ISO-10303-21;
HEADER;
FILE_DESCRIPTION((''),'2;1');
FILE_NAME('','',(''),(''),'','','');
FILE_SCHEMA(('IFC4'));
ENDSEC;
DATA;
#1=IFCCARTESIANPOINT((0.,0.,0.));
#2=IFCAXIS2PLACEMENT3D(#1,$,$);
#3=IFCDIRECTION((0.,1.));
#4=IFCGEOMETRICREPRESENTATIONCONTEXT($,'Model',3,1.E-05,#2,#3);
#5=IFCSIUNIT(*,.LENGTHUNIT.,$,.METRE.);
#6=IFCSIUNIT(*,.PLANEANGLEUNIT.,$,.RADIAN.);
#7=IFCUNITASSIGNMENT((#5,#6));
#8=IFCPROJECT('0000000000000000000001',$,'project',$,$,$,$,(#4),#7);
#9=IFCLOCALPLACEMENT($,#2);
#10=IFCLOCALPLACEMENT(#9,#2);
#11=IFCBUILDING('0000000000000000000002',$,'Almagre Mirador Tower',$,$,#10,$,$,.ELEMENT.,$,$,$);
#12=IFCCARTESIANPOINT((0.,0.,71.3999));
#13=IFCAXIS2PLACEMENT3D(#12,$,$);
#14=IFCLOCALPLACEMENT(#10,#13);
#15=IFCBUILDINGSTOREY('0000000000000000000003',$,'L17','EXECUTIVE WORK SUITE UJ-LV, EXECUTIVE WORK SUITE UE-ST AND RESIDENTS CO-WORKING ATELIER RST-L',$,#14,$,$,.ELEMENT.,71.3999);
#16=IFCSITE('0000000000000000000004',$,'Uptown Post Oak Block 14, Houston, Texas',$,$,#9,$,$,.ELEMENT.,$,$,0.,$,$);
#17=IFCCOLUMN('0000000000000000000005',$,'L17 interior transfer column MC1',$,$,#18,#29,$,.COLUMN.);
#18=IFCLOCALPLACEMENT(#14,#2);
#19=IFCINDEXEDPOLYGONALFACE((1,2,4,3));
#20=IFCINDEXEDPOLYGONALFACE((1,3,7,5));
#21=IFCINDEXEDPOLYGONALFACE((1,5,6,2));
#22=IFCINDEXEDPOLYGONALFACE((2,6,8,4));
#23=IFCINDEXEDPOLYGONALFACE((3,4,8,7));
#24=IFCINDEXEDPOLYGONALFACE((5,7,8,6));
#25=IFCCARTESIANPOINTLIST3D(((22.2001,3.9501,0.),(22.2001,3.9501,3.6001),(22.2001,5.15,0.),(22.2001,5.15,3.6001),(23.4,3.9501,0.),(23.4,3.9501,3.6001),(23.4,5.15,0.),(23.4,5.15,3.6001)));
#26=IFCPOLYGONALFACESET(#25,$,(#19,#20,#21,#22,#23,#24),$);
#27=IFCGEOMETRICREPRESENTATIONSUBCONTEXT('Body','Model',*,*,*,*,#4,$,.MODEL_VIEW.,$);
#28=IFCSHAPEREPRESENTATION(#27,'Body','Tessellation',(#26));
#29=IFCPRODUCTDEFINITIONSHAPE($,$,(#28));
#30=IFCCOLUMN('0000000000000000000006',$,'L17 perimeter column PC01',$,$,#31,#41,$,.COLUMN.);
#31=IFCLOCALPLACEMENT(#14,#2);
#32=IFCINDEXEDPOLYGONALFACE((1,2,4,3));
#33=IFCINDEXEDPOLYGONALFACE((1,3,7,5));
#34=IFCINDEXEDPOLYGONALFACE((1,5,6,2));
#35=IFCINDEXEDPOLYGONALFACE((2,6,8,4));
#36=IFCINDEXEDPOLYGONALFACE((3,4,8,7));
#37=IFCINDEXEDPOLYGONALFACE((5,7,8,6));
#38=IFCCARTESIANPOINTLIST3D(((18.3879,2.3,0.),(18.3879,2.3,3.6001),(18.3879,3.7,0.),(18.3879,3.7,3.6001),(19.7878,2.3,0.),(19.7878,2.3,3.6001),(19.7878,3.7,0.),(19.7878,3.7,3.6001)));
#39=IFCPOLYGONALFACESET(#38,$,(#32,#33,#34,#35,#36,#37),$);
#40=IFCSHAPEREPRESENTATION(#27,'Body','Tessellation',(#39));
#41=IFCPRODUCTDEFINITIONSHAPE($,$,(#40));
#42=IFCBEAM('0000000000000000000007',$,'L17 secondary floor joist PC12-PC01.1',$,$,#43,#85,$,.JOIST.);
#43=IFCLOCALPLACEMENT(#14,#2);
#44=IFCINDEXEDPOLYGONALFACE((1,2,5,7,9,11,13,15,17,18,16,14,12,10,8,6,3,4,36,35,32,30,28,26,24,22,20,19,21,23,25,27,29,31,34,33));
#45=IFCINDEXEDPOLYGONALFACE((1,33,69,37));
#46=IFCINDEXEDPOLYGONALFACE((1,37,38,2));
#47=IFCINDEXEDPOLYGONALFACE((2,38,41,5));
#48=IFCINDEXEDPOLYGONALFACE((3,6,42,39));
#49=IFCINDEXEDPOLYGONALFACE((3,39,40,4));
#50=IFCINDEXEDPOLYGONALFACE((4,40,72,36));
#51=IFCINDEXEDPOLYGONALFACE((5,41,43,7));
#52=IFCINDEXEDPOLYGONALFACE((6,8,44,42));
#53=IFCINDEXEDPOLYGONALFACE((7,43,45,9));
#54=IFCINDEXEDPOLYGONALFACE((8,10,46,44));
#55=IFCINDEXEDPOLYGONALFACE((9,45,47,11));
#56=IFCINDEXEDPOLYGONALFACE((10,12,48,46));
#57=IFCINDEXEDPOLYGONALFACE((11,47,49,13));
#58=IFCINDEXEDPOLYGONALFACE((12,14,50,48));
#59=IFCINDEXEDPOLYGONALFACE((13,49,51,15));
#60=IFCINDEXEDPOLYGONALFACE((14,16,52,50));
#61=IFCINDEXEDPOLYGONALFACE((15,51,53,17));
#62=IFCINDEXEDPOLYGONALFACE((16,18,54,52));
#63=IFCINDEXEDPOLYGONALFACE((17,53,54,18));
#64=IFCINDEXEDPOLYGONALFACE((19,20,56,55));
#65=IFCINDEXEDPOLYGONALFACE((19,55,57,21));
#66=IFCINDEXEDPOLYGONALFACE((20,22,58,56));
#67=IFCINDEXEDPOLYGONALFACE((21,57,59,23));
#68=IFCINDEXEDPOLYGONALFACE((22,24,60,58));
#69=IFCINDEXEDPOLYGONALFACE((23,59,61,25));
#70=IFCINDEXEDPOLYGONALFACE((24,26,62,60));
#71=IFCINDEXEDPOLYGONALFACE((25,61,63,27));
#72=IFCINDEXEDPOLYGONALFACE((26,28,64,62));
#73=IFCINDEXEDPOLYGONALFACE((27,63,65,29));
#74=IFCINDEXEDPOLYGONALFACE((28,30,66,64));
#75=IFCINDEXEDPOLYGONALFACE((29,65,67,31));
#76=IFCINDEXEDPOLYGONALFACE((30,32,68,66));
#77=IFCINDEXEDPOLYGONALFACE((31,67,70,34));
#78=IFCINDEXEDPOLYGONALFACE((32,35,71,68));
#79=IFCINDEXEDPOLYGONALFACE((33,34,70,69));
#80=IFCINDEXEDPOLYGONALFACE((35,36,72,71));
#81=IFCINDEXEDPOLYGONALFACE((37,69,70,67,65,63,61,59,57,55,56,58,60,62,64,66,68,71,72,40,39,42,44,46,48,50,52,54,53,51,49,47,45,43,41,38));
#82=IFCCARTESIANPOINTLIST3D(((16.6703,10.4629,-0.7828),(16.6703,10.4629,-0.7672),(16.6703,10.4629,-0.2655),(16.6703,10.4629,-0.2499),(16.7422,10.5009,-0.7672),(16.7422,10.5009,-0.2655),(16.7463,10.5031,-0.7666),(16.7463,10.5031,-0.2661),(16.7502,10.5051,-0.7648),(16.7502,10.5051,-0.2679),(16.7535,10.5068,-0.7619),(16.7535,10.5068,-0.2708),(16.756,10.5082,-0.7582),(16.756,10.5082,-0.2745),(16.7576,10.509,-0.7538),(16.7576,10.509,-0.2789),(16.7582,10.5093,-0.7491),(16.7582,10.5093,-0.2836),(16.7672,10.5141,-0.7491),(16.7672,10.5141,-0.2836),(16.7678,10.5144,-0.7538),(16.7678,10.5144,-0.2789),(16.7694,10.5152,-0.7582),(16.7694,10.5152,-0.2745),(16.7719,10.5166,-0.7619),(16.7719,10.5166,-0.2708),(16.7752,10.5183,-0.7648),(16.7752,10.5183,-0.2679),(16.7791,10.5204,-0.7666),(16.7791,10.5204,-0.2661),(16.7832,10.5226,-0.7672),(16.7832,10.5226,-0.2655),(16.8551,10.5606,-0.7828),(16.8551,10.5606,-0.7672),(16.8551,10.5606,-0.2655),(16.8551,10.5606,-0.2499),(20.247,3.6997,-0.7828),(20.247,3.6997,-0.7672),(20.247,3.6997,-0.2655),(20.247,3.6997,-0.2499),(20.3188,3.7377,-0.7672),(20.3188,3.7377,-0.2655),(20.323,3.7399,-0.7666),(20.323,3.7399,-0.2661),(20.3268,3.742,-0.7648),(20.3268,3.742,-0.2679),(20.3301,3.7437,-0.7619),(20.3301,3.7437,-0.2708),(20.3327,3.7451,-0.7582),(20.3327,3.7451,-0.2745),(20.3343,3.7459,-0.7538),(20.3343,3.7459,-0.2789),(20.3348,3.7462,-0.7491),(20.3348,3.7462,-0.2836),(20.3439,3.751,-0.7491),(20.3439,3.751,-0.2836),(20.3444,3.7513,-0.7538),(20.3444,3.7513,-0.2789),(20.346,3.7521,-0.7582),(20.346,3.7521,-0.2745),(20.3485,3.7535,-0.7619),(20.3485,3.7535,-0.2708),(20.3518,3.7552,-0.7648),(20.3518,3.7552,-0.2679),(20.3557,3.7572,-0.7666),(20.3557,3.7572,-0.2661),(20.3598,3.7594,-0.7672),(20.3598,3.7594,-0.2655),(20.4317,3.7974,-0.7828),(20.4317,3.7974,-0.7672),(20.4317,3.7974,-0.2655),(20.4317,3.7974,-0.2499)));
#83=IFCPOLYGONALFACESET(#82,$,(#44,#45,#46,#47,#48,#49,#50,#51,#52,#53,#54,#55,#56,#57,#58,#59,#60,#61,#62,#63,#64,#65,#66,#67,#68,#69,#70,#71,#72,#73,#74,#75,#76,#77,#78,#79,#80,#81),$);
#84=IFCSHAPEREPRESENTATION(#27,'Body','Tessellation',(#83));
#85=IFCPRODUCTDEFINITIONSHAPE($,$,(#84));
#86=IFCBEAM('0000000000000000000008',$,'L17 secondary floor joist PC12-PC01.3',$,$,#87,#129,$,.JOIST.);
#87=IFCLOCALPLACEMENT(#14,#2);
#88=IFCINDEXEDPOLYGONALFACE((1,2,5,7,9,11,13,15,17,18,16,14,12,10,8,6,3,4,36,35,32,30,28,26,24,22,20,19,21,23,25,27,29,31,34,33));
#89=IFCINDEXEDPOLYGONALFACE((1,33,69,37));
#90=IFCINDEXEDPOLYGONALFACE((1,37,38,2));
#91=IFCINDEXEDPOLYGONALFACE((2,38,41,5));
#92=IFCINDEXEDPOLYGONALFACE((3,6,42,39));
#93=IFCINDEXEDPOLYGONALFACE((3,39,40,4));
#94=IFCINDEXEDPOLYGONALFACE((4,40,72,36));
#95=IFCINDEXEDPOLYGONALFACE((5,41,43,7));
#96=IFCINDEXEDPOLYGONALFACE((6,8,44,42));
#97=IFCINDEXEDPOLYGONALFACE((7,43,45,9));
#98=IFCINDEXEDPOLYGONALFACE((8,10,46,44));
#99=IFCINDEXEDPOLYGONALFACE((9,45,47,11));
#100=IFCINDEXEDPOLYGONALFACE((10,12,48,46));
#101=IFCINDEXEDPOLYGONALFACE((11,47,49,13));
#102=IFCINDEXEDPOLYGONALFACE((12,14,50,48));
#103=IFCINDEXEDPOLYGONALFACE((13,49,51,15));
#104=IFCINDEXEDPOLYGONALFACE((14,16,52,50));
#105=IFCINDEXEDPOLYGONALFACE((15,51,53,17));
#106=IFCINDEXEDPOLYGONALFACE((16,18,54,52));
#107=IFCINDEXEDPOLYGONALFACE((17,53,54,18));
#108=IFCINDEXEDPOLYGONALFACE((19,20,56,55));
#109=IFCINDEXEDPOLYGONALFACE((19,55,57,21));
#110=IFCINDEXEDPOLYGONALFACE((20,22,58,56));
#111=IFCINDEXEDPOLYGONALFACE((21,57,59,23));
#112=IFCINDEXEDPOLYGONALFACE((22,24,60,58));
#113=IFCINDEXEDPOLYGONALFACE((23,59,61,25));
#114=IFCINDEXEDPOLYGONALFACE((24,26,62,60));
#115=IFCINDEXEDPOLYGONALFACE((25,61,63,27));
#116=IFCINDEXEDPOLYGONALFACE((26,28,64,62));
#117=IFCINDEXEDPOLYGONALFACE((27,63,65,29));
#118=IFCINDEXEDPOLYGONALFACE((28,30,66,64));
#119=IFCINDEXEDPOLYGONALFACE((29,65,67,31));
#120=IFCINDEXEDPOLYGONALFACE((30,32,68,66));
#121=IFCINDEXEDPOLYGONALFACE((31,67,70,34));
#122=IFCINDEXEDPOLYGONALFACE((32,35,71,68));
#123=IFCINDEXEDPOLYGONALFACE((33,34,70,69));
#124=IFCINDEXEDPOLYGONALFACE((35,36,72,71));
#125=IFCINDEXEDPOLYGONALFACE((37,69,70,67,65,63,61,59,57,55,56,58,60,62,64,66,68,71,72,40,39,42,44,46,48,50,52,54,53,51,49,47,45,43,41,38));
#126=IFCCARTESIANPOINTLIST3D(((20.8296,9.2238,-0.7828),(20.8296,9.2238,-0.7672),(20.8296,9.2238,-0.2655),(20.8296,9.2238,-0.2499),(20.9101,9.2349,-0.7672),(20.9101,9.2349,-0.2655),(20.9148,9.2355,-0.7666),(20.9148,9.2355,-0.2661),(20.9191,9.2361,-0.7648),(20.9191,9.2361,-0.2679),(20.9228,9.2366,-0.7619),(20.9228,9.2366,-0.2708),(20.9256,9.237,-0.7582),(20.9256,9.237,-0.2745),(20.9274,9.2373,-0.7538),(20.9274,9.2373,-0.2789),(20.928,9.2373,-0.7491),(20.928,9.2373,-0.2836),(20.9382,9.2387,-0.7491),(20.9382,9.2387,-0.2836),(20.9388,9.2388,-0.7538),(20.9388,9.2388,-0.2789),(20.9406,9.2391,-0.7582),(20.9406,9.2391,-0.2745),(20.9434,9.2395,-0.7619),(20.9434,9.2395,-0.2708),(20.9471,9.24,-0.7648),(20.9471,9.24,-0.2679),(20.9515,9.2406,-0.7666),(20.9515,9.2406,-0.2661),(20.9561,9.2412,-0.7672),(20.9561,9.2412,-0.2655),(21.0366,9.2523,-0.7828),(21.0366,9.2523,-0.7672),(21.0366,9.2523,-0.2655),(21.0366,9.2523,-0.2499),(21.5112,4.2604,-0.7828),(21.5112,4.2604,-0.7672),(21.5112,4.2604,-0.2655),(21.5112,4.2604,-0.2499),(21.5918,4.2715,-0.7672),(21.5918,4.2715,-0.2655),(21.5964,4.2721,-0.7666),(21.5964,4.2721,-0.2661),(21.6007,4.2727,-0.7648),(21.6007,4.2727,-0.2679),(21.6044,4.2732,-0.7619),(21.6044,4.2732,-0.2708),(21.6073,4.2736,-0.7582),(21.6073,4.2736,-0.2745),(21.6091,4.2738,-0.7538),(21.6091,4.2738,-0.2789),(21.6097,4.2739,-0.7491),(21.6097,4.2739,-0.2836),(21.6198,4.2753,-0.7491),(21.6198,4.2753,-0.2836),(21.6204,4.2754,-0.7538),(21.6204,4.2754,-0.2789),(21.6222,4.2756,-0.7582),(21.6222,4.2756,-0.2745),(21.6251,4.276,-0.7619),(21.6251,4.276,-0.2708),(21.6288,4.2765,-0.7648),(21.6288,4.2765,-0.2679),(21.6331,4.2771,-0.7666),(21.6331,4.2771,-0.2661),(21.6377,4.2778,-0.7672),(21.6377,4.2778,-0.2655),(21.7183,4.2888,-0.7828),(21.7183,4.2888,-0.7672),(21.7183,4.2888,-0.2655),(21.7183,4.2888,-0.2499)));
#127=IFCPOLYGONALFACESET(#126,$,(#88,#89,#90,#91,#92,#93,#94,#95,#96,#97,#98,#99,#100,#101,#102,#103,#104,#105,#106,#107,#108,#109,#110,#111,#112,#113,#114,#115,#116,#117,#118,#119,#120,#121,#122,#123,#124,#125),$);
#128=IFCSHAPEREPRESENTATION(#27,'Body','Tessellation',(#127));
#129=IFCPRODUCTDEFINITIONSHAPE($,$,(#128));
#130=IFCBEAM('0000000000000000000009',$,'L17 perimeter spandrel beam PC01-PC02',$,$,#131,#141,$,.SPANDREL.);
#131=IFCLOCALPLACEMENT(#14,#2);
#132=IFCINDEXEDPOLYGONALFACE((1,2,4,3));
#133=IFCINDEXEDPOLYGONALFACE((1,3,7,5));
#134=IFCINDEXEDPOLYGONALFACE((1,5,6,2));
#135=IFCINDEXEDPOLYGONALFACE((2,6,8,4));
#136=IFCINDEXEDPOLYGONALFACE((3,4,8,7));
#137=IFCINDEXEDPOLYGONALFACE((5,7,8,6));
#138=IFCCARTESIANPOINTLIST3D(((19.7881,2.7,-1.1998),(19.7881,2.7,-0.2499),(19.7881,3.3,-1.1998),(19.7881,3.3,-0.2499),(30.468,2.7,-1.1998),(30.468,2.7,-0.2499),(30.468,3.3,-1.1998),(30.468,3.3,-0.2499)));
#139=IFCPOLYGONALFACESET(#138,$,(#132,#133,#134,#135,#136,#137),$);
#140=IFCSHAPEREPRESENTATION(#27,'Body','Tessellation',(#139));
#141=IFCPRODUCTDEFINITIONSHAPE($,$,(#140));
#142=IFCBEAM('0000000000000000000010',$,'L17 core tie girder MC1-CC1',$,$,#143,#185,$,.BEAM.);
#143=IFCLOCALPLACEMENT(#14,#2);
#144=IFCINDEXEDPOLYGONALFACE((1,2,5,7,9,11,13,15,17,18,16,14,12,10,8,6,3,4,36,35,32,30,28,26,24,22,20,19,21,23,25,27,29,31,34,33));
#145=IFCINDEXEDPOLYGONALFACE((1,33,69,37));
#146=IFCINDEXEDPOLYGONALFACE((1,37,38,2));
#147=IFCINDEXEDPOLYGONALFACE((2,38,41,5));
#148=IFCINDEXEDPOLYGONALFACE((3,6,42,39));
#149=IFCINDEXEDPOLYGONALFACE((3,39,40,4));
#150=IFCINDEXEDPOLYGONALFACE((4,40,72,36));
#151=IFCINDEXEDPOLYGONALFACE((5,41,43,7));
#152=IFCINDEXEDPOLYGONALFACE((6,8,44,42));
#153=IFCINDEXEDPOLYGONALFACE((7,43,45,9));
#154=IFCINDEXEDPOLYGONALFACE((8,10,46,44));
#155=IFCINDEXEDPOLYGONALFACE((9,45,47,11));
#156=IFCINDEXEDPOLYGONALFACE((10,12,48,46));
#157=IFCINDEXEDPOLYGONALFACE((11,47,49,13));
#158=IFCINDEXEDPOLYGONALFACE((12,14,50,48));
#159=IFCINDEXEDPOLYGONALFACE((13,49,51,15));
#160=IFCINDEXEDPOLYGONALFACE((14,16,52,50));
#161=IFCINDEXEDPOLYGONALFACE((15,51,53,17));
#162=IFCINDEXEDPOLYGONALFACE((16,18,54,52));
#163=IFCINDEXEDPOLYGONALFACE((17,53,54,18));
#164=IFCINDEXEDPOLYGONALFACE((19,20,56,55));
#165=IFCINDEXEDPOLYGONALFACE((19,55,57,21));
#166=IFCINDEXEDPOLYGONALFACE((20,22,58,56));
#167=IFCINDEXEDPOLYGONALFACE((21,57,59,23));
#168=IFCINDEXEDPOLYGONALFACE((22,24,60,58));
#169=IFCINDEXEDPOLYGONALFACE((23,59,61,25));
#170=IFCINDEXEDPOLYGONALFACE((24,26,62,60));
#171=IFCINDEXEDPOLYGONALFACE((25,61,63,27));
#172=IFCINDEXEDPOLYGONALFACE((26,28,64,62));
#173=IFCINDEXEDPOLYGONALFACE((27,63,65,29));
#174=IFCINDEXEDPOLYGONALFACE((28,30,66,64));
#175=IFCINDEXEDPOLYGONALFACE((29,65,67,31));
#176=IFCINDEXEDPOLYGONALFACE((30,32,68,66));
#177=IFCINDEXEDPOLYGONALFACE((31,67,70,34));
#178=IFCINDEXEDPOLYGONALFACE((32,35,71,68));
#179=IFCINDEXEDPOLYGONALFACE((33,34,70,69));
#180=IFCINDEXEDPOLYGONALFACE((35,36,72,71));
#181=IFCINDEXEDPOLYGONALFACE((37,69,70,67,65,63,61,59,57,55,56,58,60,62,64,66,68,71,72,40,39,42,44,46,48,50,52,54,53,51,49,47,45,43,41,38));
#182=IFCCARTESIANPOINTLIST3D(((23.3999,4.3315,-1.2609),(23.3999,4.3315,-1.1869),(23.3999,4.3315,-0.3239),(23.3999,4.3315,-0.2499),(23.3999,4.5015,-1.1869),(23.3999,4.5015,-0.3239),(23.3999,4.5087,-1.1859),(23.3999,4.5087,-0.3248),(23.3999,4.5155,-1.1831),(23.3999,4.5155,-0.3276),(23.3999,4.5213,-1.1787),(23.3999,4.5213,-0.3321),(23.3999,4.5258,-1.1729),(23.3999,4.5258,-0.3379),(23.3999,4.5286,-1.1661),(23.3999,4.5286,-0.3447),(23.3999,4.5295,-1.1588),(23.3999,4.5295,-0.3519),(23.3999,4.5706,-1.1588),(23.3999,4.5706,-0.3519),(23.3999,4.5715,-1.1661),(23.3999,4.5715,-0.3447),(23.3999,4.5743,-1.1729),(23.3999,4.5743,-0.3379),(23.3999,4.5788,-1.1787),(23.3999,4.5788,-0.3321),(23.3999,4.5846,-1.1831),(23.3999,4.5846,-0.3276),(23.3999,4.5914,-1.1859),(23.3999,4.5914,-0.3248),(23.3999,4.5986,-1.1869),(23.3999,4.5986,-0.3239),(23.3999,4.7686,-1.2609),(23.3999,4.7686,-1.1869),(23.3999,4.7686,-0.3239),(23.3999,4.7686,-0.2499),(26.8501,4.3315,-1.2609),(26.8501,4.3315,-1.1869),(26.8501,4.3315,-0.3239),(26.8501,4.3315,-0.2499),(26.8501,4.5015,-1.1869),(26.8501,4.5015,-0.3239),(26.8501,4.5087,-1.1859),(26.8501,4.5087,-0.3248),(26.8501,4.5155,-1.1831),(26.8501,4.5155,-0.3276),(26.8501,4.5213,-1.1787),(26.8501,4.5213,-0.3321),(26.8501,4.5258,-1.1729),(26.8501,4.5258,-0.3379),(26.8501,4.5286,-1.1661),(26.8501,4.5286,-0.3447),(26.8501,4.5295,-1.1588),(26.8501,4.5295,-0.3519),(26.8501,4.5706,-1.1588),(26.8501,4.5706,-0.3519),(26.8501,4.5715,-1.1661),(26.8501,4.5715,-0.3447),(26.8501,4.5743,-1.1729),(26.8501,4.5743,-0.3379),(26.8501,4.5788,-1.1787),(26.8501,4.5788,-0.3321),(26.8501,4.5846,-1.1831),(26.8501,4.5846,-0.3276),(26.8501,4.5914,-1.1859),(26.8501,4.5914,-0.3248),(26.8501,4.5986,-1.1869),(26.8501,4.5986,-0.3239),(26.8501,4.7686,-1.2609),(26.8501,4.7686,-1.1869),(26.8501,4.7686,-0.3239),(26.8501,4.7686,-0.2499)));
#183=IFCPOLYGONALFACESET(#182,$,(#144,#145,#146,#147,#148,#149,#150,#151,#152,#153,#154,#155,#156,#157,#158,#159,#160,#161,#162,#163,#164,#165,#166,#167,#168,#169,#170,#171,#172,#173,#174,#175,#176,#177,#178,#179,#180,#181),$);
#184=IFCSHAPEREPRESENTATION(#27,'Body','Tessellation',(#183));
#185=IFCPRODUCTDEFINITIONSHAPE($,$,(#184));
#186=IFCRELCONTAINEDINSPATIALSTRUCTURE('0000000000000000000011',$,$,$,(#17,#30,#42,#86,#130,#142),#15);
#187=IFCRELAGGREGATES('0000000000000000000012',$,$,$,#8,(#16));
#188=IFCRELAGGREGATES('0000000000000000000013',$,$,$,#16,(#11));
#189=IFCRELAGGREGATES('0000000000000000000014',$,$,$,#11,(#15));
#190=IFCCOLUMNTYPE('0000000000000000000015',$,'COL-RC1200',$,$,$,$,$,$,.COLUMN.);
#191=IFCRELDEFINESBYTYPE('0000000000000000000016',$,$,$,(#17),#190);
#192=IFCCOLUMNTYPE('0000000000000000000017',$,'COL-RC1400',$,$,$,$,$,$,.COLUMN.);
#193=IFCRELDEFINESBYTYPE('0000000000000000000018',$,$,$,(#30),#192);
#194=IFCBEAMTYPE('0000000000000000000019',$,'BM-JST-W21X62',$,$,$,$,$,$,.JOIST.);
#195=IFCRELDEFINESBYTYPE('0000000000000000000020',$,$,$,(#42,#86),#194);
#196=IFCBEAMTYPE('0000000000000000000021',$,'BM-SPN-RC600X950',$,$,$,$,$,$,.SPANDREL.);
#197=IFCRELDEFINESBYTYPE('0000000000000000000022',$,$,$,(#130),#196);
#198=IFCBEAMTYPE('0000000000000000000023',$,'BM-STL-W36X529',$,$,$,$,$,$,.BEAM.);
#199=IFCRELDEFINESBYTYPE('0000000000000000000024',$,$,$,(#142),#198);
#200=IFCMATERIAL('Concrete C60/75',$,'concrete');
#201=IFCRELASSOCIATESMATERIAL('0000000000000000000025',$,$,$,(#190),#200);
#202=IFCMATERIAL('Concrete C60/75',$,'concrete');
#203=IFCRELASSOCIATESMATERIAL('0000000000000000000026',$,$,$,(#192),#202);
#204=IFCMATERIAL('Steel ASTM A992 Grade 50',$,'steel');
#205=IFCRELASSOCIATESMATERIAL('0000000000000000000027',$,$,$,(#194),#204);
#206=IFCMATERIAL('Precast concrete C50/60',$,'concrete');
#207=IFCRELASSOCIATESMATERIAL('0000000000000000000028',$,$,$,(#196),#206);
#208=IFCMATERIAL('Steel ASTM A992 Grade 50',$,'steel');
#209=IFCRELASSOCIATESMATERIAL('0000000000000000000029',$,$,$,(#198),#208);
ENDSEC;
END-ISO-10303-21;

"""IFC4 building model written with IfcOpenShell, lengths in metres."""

from ifc_helpers import new_model, si_unit, direction, frame, origin, origin_2d, place, context, subcontext, project, spatial, rectangle, i_section, extrude, material, material_profile, profile_set, type_object, element, save


model = new_model("IFC4")

# Units and contexts
model_context = context("Model", 3, precision=1e-05, world=origin(), true_north=direction((0.0, 1.0)))
body_context = subcontext(model_context, "Body", "Model", "MODEL_VIEW")
ifc_project = project(units=[si_unit("LENGTHUNIT", "METRE"), si_unit("PLANEANGLEUNIT", "RADIAN")], contexts=[model_context])

# Site, building, storey
site_placement = place(None, origin())
site = spatial("IfcSite", under=ifc_project, at=site_placement, Name="Uptown Post Oak Block 14, Houston, Texas", CompositionType="ELEMENT", RefElevation=0.0)
building_placement = place(site_placement, origin())
building = spatial("IfcBuilding", under=site, at=building_placement, Name="Almagre Mirador Tower", CompositionType="ELEMENT")
storey_placement = place(building_placement, frame((0.0, 0.0, 71.3999)))
storey = spatial("IfcBuildingStorey", under=building, at=storey_placement, Name="L17", Description="EXECUTIVE WORK SUITE UJ-LV, EXECUTIVE WORK SUITE UE-ST AND RESIDENTS CO-WORKING ATELIER RST-L", CompositionType="ELEMENT", Elevation=71.3999)

# Columns
ifc_material_1 = material(Name="Concrete C60/75", Category="concrete")
ifc_material_profile_1 = material_profile(ifc_material_1, rectangle(XDim=1.2, YDim=1.2, at=origin_2d()), Name="RC1200X1200")
ifc_profile_set_1 = profile_set([ifc_material_profile_1], Name="Concrete C60/75")
column_type_1 = type_object("IfcColumnType", Name="COL-RC1200", PredefinedType="COLUMN", material=ifc_profile_set_1)
column_1_placement = place(storey_placement, frame((22.8, 4.55, 0.0), z_axis=(0.0, 0.0, 1.0), x_axis=(1.0, 0.0, 0.0)))
element("IfcColumn", 1, at=column_1_placement, inside=storey, type_object=column_type_1, Name="L17 interior transfer column MC1", PredefinedType="COLUMN", context=body_context, shape_type="SweptSolid", body=[
    extrude(rectangle(XDim=1.2, YDim=1.2, at=origin_2d()), origin(), (0.0, 0.0, 1.0), 3.6001),
])
ifc_material_2 = material(Name="Concrete C60/75", Category="concrete")
ifc_material_profile_2 = material_profile(ifc_material_2, rectangle(XDim=1.3999, YDim=1.3999, at=origin_2d()), Name="RC1400X1400")
ifc_profile_set_2 = profile_set([ifc_material_profile_2], Name="Concrete C60/75")
column_type_2 = type_object("IfcColumnType", Name="COL-RC1400", PredefinedType="COLUMN", material=ifc_profile_set_2)
column_2_placement = place(storey_placement, frame((19.0879, 3.0, 0.0), z_axis=(0.0, 0.0, 1.0), x_axis=(1.0, 0.0, 0.0)))
element("IfcColumn", 2, at=column_2_placement, inside=storey, type_object=column_type_2, Name="L17 perimeter column PC01", PredefinedType="COLUMN", context=body_context, shape_type="SweptSolid", body=[
    extrude(rectangle(XDim=1.3999, YDim=1.3999, at=origin_2d()), origin(), (0.0, 0.0, 1.0), 3.6001),
])

# Beams
ifc_material_3 = material(Name="Steel ASTM A992 Grade 50", Category="steel")
ifc_material_profile_3 = material_profile(ifc_material_3, i_section(OverallWidth=0.209, OverallDepth=0.533, WebThickness=0.0103, FlangeThickness=0.0156, FilletRadius=0.0181, at=origin_2d()), Name="W21X62")
ifc_profile_set_3 = profile_set([ifc_material_profile_3], Name="Steel ASTM A992 Grade 50")
beam_type_1 = type_object("IfcBeamType", Name="BM-JST-W21X62", PredefinedType="JOIST", material=ifc_profile_set_3)
beam_1_placement = place(storey_placement, frame((16.7627, 10.5117, -0.5164), z_axis=(0.467495, -0.883996, 0.0), x_axis=(0.883996, 0.467495, 0.0)))
element("IfcBeam", 3, at=beam_1_placement, inside=storey, type_object=beam_type_1, Name="L17 secondary floor joist PC12-PC01.1", PredefinedType="JOIST", context=body_context, shape_type="SweptSolid", body=[
    extrude(i_section(OverallWidth=0.209, OverallDepth=0.533, WebThickness=0.0103, FlangeThickness=0.0156, FilletRadius=0.0181, at=origin_2d()), origin(), (0.0, 0.0, 1.0), 7.6506),
])
beam_2_placement = place(storey_placement, frame((20.9331, 9.238, -0.5164), z_axis=(0.136057, -0.990701, 0.0), x_axis=(0.990701, 0.136057, 0.0)))
element("IfcBeam", 4, at=beam_2_placement, inside=storey, type_object=beam_type_1, Name="L17 secondary floor joist PC12-PC01.3", PredefinedType="JOIST", context=body_context, shape_type="SweptSolid", body=[
    extrude(i_section(OverallWidth=0.209, OverallDepth=0.533, WebThickness=0.0103, FlangeThickness=0.0156, FilletRadius=0.0181, at=origin_2d()), origin(), (0.0, 0.0, 1.0), 5.01),
])
ifc_material_4 = material(Name="Precast concrete C50/60", Category="concrete")
ifc_material_profile_4 = material_profile(ifc_material_4, rectangle(XDim=0.6001, YDim=0.95, at=origin_2d()), Name="RC600X950")
ifc_profile_set_4 = profile_set([ifc_material_profile_4], Name="Precast concrete C50/60")
beam_type_2 = type_object("IfcBeamType", Name="BM-SPN-RC600X950", PredefinedType="SPANDREL", material=ifc_profile_set_4)
beam_3_placement = place(storey_placement, frame((19.7881, 3.0, -0.7249), z_axis=(1.0, 0.0, 0.0), x_axis=(0.0, 1.0, 0.0)))
element("IfcBeam", 5, at=beam_3_placement, inside=storey, type_object=beam_type_2, Name="L17 perimeter spandrel beam PC01-PC02", PredefinedType="SPANDREL", context=body_context, shape_type="SweptSolid", body=[
    extrude(rectangle(XDim=0.6001, YDim=0.95, at=origin_2d()), origin(), (0.0, 0.0, 1.0), 10.6799),
])
ifc_material_5 = material(Name="Steel ASTM A992 Grade 50", Category="steel")
ifc_material_profile_5 = material_profile(ifc_material_5, i_section(OverallWidth=0.437, OverallDepth=1.011, WebThickness=0.041, FlangeThickness=0.074, FilletRadius=0.0281, at=origin_2d()), Name="W36X529")
ifc_profile_set_5 = profile_set([ifc_material_profile_5], Name="Steel ASTM A992 Grade 50")
beam_type_3 = type_object("IfcBeamType", Name="BM-STL-W36X529", PredefinedType="BEAM", material=ifc_profile_set_5)
beam_4_placement = place(storey_placement, frame((23.3999, 4.55, -0.7554), z_axis=(1.0, 0.0, 0.0), x_axis=(0.0, 1.0, 0.0)))
element("IfcBeam", 6, at=beam_4_placement, inside=storey, type_object=beam_type_3, Name="L17 core tie girder MC1-CC1", PredefinedType="BEAM", context=body_context, shape_type="SweptSolid", body=[
    extrude(i_section(OverallWidth=0.437, OverallDepth=1.011, WebThickness=0.041, FlangeThickness=0.074, FilletRadius=0.0281, at=origin_2d()), origin(), (0.0, 0.0, 1.0), 3.4502),
])

save(model, "model.ifc")
